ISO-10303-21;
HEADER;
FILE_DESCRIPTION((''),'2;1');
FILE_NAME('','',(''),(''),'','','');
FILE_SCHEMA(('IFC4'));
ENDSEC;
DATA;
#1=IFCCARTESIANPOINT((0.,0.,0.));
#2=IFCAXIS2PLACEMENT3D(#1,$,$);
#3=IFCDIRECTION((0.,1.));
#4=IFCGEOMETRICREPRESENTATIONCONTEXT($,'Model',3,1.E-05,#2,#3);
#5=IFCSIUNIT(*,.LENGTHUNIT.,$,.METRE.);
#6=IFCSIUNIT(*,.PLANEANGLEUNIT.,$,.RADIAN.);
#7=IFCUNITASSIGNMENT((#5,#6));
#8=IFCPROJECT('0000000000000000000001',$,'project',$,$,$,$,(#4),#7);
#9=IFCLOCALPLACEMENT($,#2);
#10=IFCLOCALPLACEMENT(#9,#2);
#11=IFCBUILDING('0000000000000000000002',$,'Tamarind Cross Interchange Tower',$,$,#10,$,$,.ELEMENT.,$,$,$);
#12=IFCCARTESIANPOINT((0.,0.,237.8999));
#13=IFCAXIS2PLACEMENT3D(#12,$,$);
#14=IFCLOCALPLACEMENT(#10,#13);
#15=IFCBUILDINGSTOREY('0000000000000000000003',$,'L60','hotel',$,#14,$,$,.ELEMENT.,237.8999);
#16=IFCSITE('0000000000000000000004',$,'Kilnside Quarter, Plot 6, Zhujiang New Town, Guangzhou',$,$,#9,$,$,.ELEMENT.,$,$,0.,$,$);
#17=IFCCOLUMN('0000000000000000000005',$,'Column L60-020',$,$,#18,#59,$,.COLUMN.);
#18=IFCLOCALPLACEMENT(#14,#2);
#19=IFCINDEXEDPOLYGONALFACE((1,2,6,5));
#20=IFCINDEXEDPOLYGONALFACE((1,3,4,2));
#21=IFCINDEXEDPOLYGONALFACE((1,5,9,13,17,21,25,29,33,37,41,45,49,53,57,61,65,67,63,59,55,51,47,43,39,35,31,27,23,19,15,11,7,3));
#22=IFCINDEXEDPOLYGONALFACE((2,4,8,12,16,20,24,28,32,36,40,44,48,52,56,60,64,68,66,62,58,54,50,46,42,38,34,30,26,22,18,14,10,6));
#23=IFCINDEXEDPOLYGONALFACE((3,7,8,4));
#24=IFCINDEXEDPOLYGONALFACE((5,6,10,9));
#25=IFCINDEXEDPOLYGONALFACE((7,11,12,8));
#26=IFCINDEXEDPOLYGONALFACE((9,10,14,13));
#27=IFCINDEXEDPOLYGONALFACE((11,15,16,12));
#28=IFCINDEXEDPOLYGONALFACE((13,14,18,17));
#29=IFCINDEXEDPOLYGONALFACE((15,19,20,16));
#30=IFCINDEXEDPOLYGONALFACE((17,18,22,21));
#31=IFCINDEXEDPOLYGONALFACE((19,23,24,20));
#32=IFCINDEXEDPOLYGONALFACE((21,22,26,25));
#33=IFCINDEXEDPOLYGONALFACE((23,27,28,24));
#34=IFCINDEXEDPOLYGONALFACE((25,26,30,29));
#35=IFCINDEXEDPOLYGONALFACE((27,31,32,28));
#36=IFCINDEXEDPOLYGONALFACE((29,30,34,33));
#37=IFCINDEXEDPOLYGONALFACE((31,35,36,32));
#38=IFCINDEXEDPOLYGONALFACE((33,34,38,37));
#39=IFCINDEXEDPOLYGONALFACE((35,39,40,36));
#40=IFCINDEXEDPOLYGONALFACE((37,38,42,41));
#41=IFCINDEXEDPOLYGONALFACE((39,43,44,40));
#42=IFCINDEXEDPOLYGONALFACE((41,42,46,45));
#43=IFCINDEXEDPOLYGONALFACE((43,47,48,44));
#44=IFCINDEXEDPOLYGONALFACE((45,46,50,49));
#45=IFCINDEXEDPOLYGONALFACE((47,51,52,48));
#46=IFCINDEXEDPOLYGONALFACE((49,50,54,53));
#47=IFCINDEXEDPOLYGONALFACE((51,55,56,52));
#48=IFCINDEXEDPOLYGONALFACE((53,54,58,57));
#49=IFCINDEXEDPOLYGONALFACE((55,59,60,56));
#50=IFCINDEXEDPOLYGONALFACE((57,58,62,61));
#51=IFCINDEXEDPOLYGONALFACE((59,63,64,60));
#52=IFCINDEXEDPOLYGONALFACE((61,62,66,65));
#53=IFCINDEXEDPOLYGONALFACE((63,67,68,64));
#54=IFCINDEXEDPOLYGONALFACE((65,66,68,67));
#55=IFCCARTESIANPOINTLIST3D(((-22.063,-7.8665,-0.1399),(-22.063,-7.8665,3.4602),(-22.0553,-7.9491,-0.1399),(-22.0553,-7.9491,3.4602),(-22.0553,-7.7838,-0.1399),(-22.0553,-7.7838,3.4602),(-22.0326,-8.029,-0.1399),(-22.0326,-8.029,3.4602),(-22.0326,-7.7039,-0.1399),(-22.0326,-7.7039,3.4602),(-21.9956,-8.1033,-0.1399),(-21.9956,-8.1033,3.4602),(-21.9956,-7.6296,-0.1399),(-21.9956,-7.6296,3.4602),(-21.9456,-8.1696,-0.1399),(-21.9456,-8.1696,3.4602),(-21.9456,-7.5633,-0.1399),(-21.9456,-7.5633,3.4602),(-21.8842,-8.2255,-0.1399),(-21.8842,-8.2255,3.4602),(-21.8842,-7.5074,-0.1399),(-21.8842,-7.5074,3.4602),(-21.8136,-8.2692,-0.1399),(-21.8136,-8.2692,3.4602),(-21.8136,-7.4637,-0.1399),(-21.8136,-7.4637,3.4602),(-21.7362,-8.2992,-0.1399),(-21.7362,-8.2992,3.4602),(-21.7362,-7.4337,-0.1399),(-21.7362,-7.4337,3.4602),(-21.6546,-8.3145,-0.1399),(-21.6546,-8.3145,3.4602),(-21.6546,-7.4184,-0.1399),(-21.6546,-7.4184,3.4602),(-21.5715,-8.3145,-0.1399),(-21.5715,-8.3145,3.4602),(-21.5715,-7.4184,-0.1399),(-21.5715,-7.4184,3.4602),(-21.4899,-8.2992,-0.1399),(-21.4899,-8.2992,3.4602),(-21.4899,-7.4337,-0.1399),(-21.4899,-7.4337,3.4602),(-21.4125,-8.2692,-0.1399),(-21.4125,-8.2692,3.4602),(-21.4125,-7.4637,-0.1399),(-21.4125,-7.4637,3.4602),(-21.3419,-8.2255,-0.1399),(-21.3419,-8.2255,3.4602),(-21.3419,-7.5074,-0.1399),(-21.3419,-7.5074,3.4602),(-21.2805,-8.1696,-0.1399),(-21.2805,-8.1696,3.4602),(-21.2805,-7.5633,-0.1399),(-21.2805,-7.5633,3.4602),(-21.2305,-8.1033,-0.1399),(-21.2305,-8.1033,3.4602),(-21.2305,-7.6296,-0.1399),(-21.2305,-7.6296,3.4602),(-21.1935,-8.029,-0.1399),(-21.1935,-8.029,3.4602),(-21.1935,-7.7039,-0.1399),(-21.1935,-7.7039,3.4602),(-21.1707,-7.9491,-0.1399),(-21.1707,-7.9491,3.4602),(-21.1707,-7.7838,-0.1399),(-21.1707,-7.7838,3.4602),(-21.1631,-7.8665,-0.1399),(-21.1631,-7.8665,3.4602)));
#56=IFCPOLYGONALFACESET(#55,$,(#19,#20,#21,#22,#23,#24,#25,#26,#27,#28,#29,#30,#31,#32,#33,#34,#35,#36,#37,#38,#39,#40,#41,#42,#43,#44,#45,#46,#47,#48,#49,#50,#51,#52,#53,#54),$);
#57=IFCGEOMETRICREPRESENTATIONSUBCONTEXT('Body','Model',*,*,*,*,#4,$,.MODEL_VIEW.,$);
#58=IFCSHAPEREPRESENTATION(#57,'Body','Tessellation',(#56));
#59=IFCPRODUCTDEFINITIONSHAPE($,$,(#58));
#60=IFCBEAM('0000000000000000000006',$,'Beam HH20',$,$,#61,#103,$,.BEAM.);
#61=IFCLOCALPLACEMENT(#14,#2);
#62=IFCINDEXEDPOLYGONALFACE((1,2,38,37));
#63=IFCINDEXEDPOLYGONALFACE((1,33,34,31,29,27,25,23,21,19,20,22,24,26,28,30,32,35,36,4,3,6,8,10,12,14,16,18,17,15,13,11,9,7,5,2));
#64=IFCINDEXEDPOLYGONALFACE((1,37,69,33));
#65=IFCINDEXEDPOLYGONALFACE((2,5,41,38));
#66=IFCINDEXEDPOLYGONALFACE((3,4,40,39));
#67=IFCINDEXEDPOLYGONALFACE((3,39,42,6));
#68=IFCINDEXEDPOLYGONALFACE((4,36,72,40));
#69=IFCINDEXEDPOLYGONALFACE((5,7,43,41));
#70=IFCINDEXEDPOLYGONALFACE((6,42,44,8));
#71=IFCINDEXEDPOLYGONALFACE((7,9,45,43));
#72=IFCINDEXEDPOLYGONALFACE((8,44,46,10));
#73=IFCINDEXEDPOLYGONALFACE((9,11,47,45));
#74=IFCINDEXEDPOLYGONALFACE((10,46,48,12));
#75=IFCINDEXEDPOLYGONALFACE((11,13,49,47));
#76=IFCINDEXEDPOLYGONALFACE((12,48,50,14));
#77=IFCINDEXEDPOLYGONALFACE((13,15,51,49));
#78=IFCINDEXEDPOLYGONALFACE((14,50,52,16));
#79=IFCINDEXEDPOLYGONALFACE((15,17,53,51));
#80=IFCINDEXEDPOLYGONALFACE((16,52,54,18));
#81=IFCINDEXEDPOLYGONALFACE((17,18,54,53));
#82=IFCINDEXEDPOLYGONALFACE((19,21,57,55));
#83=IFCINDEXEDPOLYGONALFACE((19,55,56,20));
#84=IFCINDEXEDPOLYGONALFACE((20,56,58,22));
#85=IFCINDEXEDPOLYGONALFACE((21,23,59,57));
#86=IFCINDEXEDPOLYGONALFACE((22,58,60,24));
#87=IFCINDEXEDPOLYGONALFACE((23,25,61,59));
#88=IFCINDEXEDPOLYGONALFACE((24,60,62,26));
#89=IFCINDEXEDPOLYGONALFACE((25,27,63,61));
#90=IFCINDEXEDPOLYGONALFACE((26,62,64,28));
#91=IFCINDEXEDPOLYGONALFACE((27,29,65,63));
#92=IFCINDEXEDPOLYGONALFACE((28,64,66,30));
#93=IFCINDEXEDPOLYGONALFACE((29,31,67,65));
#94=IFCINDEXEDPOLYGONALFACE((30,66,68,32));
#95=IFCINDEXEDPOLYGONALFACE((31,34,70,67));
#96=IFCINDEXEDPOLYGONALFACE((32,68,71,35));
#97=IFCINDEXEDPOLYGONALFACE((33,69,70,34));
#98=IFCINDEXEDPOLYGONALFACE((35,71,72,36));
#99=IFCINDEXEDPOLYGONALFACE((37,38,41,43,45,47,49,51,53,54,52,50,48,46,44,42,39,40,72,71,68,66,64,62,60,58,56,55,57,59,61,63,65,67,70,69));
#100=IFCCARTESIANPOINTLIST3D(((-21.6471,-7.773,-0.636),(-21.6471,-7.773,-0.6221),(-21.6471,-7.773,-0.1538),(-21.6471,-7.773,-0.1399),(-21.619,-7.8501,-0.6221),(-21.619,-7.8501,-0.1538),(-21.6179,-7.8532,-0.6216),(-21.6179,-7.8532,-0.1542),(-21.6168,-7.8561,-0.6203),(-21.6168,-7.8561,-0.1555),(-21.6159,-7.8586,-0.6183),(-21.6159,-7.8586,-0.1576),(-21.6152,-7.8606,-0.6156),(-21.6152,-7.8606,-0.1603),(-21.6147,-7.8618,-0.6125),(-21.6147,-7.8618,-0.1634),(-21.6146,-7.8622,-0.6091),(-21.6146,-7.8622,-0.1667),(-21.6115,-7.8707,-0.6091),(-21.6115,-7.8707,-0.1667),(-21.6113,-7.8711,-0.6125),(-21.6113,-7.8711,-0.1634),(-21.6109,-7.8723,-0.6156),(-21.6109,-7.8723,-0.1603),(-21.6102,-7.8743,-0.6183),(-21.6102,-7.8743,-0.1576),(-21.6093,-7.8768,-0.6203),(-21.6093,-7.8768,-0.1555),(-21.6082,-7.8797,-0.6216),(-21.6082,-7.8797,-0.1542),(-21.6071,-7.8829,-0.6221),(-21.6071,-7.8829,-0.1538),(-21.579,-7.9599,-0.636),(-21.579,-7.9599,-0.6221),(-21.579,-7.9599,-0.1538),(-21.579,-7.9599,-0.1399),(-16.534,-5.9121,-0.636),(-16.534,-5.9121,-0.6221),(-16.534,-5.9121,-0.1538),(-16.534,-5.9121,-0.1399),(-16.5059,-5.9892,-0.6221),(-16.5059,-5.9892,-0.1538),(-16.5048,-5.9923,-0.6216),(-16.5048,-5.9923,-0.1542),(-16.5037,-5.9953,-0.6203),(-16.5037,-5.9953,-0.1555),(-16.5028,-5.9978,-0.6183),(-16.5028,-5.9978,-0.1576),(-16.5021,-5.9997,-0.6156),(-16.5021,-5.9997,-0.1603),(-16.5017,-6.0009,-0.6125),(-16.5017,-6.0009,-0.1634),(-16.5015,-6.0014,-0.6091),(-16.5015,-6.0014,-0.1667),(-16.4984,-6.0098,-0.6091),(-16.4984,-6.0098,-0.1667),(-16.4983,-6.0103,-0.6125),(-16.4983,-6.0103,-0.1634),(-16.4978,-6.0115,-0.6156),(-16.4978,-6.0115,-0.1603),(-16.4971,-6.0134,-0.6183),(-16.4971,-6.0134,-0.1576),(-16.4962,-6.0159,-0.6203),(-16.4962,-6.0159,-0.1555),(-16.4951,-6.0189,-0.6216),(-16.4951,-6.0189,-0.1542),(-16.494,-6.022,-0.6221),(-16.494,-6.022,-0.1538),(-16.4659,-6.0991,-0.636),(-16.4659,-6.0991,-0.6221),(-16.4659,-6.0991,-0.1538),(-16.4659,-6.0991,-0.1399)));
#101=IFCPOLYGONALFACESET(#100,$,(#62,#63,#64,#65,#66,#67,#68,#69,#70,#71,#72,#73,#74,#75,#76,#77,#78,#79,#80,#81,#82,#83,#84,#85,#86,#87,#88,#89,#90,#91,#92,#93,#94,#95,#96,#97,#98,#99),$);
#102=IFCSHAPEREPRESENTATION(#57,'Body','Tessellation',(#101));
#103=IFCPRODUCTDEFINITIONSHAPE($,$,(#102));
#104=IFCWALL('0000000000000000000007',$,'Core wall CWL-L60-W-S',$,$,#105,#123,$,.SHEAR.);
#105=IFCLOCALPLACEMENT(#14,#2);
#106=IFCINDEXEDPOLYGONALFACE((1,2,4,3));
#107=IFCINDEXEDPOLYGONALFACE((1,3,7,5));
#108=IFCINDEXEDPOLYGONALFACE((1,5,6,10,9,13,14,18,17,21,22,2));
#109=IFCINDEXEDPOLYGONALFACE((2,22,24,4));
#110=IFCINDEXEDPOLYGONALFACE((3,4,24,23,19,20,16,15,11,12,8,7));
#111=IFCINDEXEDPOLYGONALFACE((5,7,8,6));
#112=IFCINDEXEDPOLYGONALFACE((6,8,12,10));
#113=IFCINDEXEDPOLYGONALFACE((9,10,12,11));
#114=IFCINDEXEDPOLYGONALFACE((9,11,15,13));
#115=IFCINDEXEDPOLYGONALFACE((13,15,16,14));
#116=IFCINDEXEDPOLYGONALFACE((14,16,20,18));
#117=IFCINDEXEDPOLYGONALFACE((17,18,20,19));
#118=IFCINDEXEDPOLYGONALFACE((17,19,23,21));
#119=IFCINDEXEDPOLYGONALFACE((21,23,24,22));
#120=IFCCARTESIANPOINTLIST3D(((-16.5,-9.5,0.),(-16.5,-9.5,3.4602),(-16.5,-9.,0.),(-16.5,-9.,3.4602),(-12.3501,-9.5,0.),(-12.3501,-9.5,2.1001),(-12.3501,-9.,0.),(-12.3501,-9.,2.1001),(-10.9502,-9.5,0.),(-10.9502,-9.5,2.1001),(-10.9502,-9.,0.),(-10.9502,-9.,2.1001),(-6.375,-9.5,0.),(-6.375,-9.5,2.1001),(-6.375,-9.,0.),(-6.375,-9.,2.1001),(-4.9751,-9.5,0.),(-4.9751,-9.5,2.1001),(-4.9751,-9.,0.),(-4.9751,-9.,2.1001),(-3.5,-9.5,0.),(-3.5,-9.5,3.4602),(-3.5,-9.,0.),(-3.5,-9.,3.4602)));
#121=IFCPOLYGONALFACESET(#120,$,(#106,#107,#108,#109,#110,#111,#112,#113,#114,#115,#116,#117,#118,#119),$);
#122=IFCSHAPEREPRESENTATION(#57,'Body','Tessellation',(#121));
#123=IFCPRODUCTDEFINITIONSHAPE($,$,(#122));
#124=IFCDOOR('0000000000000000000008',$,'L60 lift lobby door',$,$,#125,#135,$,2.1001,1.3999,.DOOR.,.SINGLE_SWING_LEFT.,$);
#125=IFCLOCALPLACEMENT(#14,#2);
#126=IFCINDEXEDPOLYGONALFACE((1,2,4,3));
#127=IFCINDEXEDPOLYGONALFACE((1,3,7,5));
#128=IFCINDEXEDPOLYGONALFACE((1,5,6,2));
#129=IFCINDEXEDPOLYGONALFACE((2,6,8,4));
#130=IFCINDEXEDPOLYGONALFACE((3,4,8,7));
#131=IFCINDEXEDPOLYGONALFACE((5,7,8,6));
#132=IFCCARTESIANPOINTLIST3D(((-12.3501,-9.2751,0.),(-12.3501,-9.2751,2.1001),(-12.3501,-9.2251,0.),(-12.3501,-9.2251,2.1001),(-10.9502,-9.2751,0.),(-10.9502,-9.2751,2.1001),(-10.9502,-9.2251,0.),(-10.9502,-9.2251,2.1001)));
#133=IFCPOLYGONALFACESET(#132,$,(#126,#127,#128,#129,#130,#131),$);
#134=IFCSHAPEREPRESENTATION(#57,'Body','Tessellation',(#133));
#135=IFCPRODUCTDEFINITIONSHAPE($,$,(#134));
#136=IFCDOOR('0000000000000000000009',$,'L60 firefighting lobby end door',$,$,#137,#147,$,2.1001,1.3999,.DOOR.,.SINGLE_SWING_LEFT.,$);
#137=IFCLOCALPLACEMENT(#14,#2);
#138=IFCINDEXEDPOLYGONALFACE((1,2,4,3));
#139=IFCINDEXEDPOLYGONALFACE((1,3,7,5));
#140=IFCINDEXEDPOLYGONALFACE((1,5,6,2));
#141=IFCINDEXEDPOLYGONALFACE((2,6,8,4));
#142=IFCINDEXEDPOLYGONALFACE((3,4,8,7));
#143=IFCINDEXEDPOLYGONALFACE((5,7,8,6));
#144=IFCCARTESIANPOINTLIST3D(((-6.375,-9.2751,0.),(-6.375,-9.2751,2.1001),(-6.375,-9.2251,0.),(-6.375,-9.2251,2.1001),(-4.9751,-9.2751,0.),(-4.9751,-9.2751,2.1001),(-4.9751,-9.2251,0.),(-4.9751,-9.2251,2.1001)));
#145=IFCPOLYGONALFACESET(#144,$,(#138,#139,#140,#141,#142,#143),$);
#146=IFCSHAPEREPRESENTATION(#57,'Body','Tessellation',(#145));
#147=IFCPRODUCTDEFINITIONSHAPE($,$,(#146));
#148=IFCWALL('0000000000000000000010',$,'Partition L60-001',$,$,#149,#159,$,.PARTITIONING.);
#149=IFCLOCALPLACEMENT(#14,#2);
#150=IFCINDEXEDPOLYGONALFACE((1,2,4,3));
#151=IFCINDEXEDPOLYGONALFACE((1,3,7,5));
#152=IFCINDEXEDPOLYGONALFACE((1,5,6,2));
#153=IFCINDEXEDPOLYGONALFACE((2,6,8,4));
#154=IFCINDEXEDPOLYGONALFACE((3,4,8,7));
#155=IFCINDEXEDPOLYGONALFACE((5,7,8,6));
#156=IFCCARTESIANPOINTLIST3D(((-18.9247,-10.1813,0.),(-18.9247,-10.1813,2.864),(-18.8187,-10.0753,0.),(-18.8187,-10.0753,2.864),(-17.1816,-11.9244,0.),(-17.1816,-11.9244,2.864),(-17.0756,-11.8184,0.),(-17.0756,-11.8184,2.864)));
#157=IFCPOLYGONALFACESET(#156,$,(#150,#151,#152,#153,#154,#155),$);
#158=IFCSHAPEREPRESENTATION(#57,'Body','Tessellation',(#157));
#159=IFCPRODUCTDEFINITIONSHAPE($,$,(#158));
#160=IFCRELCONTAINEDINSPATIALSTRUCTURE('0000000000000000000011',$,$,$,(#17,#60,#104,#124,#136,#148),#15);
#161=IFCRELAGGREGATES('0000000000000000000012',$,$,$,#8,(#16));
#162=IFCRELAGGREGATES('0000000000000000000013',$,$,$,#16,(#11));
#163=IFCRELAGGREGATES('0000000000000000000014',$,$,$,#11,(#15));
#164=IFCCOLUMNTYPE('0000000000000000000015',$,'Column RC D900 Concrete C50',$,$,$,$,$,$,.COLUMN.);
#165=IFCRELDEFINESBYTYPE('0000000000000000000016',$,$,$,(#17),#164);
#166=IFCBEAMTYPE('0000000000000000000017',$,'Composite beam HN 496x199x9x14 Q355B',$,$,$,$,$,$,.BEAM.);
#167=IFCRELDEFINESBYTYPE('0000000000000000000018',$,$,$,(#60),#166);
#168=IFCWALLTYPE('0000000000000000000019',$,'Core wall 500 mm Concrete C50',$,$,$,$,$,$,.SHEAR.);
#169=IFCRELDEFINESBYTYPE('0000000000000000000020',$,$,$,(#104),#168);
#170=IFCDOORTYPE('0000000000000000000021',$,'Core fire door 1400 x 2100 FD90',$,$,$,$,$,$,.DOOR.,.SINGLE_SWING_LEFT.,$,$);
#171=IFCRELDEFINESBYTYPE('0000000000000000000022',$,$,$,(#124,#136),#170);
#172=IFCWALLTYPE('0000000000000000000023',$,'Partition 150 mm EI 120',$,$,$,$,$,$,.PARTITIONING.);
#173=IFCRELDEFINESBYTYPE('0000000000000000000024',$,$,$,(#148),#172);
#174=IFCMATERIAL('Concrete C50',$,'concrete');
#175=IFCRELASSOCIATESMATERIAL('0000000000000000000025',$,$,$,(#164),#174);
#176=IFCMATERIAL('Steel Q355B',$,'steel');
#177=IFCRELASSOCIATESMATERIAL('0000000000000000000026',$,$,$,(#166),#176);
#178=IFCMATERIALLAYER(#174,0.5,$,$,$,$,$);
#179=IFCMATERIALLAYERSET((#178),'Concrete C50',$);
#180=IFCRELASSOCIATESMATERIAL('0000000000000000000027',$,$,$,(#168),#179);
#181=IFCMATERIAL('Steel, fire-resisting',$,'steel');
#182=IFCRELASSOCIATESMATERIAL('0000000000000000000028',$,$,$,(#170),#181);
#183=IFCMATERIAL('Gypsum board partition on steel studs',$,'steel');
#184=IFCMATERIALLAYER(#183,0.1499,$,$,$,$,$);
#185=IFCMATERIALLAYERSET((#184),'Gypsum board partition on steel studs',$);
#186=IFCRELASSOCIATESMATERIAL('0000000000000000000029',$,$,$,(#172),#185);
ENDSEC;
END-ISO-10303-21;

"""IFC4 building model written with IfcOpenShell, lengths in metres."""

from ifc_helpers import new_model, si_unit, direction, frame, frame_2d, origin, origin_2d, place, context, subcontext, project, spatial, rectangle, circle, i_section, extrude, material, layer, layer_set, material_profile, profile_set, type_object, element, fill, save


model = new_model("IFC4")

# Units and contexts
model_context = context("Model", 3, precision=1e-05, world=origin(), true_north=direction((0.0, 1.0)))
body_context = subcontext(model_context, "Body", "Model", "MODEL_VIEW")
ifc_project = project(units=[si_unit("LENGTHUNIT", "METRE"), si_unit("PLANEANGLEUNIT", "RADIAN")], contexts=[model_context])

# Site, building, storey
site_placement = place(None, origin())
site = spatial("IfcSite", under=ifc_project, at=site_placement, Name="Kilnside Quarter, Plot 6, Zhujiang New Town, Guangzhou", CompositionType="ELEMENT", RefElevation=0.0)
building_placement = place(site_placement, origin())
building = spatial("IfcBuilding", under=site, at=building_placement, Name="Tamarind Cross Interchange Tower", CompositionType="ELEMENT")
storey_placement = place(building_placement, frame((0.0, 0.0, 237.8999)))
storey = spatial("IfcBuildingStorey", under=building, at=storey_placement, Name="L60", Description="hotel", CompositionType="ELEMENT", Elevation=237.8999)

# Column
ifc_material_1 = material(Name="Concrete C50", Category="concrete")
ifc_material_profile_1 = material_profile(ifc_material_1, circle(Radius=0.45, at=origin_2d()), Name="RC D900")
ifc_profile_set_1 = profile_set([ifc_material_profile_1], Name="Concrete C50")
column_type = type_object("IfcColumnType", Name="Column RC D900 Concrete C50", PredefinedType="COLUMN", material=ifc_profile_set_1)
column_placement = place(storey_placement, frame((-21.613, -7.8665, -0.1399), z_axis=(0.0, 0.0, 1.0), x_axis=(1.0, 0.0, 0.0)))
element("IfcColumn", 1, at=column_placement, inside=storey, type_object=column_type, Name="Column L60-020", PredefinedType="COLUMN", context=body_context, shape_type="SweptSolid", body=[
    extrude(circle(Radius=0.45, at=origin_2d()), origin(), (0.0, 0.0, 1.0), 3.6001),
])

# Beam
ifc_material_2 = material(Name="Steel Q355B", Category="steel")
ifc_material_profile_2 = material_profile(ifc_material_2, i_section(OverallWidth=0.199, OverallDepth=0.4961, WebThickness=0.009, FlangeThickness=0.0139, FilletRadius=0.0129, at=origin_2d()), Name="HN 496x199x9x14")
ifc_profile_set_2 = profile_set([ifc_material_profile_2], Name="Steel Q355B")
beam_type = type_object("IfcBeamType", Name="Composite beam HN 496x199x9x14 Q355B", PredefinedType="BEAM", material=ifc_profile_set_2)
beam_placement = place(storey_placement, frame((-21.613, -7.8665, -0.3879), z_axis=(0.939702, 0.341995, 0.0), x_axis=(-0.341995, 0.939702, 0.0)))
element("IfcBeam", 2, at=beam_placement, inside=storey, type_object=beam_type, Name="Beam HH20", PredefinedType="BEAM", context=body_context, shape_type="SweptSolid", body=[
    extrude(i_section(OverallWidth=0.199, OverallDepth=0.4961, WebThickness=0.009, FlangeThickness=0.0139, FilletRadius=0.0129, at=origin_2d()), origin(), (0.0, 0.0, 1.0), 5.4412),
])

# Wall, openings, doors
ifc_layer_1 = layer(ifc_material_1, 0.5)
ifc_layer_set_1 = layer_set([ifc_layer_1], Name="Concrete C50")
wall_type_1 = type_object("IfcWallType", Name="Core wall 500 mm Concrete C50", PredefinedType="SHEAR", material=ifc_layer_set_1)
wall_1_placement = place(storey_placement, frame((-16.5, -9.25, 0.0), z_axis=(0.0, 0.0, 1.0), x_axis=(1.0, 0.0, 0.0)))
wall_1 = element("IfcWall", 3, at=wall_1_placement, inside=storey, type_object=wall_type_1, Name="Core wall CWL-L60-W-S", PredefinedType="SHEAR", context=body_context, shape_type="SweptSolid", body=[
    extrude(rectangle(XDim=13.0, YDim=0.5, at=frame_2d((6.5, 0.0))), origin(), (0.0, 0.0, 1.0), 3.4602),
])
opening_1_placement = place(wall_1_placement, frame((4.1499, 0.0, 0.0)))
opening_1 = element("IfcOpeningElement", 4, at=opening_1_placement, cuts=wall_1, PredefinedType="OPENING", context=body_context, shape_type="SweptSolid", body=[
    extrude(rectangle(XDim=1.3999, YDim=2.1001, at=frame_2d((0.7, 1.05))), frame((0.0, 0.26, 0.0), z_axis=(0.0, -1.0, 0.0), x_axis=(1.0, 0.0, 0.0)), (0.0, 0.0, 1.0), 0.52),
])
opening_2_placement = place(wall_1_placement, frame((10.125, 0.0, 0.0)))
opening_2 = element("IfcOpeningElement", 5, at=opening_2_placement, cuts=wall_1, PredefinedType="OPENING", context=body_context, shape_type="SweptSolid", body=[
    extrude(rectangle(XDim=1.3999, YDim=2.1001, at=frame_2d((0.7, 1.05))), frame((0.0, 0.26, 0.0), z_axis=(0.0, -1.0, 0.0), x_axis=(1.0, 0.0, 0.0)), (0.0, 0.0, 1.0), 0.52),
])
ifc_material_3 = material(Name="Steel, fire-resisting", Category="steel")
door_type_1 = type_object("IfcDoorType", Name="Core fire door 1400 x 2100 FD90", OperationType="SINGLE_SWING_LEFT", PredefinedType="DOOR", material=ifc_material_3)
door_1_placement = place(opening_1_placement, origin())
door_1 = element("IfcDoor", 6, at=door_1_placement, inside=storey, type_object=door_type_1, Name="L60 lift lobby door", OperationType="SINGLE_SWING_LEFT", OverallHeight=2.1001, OverallWidth=1.3999, PredefinedType="DOOR", context=body_context, shape_type="SweptSolid", body=[
    extrude(rectangle(XDim=1.3999, YDim=2.1001, at=frame_2d((0.7, 1.05))), frame((0.0, 0.0249, 0.0), z_axis=(0.0, -1.0, 0.0), x_axis=(1.0, 0.0, 0.0)), (0.0, 0.0, 1.0), 0.05),
])
fill(opening_1, door_1)
door_2_placement = place(opening_2_placement, origin())
door_2 = element("IfcDoor", 7, at=door_2_placement, inside=storey, type_object=door_type_1, Name="L60 firefighting lobby end door", OperationType="SINGLE_SWING_LEFT", OverallHeight=2.1001, OverallWidth=1.3999, PredefinedType="DOOR", context=body_context, shape_type="SweptSolid", body=[
    extrude(rectangle(XDim=1.3999, YDim=2.1001, at=frame_2d((0.7, 1.05))), frame((0.0, 0.0249, 0.0), z_axis=(0.0, -1.0, 0.0), x_axis=(1.0, 0.0, 0.0)), (0.0, 0.0, 1.0), 0.05),
])
fill(opening_2, door_2)

# Wall
ifc_material_4 = material(Name="Gypsum board partition on steel studs", Category="steel")
ifc_layer_2 = layer(ifc_material_4, 0.1499)
ifc_layer_set_2 = layer_set([ifc_layer_2], Name="Gypsum board partition on steel studs")
wall_type_2 = type_object("IfcWallType", Name="Partition 150 mm EI 120", PredefinedType="PARTITIONING", material=ifc_layer_set_2)
wall_2_placement = place(storey_placement, frame((-18.8716, -10.1284, 0.0), z_axis=(0.0, 0.0, 1.0), x_axis=(0.707107, -0.707107, 0.0)))
element("IfcWall", 8, at=wall_2_placement, inside=storey, type_object=wall_type_2, Name="Partition L60-001", PredefinedType="PARTITIONING", context=body_context, shape_type="SweptSolid", body=[
    extrude(rectangle(XDim=2.4651, YDim=0.1499, at=frame_2d((1.2324, 0.0))), origin(), (0.0, 0.0, 1.0), 2.864),
])

save(model, "model.ifc")
